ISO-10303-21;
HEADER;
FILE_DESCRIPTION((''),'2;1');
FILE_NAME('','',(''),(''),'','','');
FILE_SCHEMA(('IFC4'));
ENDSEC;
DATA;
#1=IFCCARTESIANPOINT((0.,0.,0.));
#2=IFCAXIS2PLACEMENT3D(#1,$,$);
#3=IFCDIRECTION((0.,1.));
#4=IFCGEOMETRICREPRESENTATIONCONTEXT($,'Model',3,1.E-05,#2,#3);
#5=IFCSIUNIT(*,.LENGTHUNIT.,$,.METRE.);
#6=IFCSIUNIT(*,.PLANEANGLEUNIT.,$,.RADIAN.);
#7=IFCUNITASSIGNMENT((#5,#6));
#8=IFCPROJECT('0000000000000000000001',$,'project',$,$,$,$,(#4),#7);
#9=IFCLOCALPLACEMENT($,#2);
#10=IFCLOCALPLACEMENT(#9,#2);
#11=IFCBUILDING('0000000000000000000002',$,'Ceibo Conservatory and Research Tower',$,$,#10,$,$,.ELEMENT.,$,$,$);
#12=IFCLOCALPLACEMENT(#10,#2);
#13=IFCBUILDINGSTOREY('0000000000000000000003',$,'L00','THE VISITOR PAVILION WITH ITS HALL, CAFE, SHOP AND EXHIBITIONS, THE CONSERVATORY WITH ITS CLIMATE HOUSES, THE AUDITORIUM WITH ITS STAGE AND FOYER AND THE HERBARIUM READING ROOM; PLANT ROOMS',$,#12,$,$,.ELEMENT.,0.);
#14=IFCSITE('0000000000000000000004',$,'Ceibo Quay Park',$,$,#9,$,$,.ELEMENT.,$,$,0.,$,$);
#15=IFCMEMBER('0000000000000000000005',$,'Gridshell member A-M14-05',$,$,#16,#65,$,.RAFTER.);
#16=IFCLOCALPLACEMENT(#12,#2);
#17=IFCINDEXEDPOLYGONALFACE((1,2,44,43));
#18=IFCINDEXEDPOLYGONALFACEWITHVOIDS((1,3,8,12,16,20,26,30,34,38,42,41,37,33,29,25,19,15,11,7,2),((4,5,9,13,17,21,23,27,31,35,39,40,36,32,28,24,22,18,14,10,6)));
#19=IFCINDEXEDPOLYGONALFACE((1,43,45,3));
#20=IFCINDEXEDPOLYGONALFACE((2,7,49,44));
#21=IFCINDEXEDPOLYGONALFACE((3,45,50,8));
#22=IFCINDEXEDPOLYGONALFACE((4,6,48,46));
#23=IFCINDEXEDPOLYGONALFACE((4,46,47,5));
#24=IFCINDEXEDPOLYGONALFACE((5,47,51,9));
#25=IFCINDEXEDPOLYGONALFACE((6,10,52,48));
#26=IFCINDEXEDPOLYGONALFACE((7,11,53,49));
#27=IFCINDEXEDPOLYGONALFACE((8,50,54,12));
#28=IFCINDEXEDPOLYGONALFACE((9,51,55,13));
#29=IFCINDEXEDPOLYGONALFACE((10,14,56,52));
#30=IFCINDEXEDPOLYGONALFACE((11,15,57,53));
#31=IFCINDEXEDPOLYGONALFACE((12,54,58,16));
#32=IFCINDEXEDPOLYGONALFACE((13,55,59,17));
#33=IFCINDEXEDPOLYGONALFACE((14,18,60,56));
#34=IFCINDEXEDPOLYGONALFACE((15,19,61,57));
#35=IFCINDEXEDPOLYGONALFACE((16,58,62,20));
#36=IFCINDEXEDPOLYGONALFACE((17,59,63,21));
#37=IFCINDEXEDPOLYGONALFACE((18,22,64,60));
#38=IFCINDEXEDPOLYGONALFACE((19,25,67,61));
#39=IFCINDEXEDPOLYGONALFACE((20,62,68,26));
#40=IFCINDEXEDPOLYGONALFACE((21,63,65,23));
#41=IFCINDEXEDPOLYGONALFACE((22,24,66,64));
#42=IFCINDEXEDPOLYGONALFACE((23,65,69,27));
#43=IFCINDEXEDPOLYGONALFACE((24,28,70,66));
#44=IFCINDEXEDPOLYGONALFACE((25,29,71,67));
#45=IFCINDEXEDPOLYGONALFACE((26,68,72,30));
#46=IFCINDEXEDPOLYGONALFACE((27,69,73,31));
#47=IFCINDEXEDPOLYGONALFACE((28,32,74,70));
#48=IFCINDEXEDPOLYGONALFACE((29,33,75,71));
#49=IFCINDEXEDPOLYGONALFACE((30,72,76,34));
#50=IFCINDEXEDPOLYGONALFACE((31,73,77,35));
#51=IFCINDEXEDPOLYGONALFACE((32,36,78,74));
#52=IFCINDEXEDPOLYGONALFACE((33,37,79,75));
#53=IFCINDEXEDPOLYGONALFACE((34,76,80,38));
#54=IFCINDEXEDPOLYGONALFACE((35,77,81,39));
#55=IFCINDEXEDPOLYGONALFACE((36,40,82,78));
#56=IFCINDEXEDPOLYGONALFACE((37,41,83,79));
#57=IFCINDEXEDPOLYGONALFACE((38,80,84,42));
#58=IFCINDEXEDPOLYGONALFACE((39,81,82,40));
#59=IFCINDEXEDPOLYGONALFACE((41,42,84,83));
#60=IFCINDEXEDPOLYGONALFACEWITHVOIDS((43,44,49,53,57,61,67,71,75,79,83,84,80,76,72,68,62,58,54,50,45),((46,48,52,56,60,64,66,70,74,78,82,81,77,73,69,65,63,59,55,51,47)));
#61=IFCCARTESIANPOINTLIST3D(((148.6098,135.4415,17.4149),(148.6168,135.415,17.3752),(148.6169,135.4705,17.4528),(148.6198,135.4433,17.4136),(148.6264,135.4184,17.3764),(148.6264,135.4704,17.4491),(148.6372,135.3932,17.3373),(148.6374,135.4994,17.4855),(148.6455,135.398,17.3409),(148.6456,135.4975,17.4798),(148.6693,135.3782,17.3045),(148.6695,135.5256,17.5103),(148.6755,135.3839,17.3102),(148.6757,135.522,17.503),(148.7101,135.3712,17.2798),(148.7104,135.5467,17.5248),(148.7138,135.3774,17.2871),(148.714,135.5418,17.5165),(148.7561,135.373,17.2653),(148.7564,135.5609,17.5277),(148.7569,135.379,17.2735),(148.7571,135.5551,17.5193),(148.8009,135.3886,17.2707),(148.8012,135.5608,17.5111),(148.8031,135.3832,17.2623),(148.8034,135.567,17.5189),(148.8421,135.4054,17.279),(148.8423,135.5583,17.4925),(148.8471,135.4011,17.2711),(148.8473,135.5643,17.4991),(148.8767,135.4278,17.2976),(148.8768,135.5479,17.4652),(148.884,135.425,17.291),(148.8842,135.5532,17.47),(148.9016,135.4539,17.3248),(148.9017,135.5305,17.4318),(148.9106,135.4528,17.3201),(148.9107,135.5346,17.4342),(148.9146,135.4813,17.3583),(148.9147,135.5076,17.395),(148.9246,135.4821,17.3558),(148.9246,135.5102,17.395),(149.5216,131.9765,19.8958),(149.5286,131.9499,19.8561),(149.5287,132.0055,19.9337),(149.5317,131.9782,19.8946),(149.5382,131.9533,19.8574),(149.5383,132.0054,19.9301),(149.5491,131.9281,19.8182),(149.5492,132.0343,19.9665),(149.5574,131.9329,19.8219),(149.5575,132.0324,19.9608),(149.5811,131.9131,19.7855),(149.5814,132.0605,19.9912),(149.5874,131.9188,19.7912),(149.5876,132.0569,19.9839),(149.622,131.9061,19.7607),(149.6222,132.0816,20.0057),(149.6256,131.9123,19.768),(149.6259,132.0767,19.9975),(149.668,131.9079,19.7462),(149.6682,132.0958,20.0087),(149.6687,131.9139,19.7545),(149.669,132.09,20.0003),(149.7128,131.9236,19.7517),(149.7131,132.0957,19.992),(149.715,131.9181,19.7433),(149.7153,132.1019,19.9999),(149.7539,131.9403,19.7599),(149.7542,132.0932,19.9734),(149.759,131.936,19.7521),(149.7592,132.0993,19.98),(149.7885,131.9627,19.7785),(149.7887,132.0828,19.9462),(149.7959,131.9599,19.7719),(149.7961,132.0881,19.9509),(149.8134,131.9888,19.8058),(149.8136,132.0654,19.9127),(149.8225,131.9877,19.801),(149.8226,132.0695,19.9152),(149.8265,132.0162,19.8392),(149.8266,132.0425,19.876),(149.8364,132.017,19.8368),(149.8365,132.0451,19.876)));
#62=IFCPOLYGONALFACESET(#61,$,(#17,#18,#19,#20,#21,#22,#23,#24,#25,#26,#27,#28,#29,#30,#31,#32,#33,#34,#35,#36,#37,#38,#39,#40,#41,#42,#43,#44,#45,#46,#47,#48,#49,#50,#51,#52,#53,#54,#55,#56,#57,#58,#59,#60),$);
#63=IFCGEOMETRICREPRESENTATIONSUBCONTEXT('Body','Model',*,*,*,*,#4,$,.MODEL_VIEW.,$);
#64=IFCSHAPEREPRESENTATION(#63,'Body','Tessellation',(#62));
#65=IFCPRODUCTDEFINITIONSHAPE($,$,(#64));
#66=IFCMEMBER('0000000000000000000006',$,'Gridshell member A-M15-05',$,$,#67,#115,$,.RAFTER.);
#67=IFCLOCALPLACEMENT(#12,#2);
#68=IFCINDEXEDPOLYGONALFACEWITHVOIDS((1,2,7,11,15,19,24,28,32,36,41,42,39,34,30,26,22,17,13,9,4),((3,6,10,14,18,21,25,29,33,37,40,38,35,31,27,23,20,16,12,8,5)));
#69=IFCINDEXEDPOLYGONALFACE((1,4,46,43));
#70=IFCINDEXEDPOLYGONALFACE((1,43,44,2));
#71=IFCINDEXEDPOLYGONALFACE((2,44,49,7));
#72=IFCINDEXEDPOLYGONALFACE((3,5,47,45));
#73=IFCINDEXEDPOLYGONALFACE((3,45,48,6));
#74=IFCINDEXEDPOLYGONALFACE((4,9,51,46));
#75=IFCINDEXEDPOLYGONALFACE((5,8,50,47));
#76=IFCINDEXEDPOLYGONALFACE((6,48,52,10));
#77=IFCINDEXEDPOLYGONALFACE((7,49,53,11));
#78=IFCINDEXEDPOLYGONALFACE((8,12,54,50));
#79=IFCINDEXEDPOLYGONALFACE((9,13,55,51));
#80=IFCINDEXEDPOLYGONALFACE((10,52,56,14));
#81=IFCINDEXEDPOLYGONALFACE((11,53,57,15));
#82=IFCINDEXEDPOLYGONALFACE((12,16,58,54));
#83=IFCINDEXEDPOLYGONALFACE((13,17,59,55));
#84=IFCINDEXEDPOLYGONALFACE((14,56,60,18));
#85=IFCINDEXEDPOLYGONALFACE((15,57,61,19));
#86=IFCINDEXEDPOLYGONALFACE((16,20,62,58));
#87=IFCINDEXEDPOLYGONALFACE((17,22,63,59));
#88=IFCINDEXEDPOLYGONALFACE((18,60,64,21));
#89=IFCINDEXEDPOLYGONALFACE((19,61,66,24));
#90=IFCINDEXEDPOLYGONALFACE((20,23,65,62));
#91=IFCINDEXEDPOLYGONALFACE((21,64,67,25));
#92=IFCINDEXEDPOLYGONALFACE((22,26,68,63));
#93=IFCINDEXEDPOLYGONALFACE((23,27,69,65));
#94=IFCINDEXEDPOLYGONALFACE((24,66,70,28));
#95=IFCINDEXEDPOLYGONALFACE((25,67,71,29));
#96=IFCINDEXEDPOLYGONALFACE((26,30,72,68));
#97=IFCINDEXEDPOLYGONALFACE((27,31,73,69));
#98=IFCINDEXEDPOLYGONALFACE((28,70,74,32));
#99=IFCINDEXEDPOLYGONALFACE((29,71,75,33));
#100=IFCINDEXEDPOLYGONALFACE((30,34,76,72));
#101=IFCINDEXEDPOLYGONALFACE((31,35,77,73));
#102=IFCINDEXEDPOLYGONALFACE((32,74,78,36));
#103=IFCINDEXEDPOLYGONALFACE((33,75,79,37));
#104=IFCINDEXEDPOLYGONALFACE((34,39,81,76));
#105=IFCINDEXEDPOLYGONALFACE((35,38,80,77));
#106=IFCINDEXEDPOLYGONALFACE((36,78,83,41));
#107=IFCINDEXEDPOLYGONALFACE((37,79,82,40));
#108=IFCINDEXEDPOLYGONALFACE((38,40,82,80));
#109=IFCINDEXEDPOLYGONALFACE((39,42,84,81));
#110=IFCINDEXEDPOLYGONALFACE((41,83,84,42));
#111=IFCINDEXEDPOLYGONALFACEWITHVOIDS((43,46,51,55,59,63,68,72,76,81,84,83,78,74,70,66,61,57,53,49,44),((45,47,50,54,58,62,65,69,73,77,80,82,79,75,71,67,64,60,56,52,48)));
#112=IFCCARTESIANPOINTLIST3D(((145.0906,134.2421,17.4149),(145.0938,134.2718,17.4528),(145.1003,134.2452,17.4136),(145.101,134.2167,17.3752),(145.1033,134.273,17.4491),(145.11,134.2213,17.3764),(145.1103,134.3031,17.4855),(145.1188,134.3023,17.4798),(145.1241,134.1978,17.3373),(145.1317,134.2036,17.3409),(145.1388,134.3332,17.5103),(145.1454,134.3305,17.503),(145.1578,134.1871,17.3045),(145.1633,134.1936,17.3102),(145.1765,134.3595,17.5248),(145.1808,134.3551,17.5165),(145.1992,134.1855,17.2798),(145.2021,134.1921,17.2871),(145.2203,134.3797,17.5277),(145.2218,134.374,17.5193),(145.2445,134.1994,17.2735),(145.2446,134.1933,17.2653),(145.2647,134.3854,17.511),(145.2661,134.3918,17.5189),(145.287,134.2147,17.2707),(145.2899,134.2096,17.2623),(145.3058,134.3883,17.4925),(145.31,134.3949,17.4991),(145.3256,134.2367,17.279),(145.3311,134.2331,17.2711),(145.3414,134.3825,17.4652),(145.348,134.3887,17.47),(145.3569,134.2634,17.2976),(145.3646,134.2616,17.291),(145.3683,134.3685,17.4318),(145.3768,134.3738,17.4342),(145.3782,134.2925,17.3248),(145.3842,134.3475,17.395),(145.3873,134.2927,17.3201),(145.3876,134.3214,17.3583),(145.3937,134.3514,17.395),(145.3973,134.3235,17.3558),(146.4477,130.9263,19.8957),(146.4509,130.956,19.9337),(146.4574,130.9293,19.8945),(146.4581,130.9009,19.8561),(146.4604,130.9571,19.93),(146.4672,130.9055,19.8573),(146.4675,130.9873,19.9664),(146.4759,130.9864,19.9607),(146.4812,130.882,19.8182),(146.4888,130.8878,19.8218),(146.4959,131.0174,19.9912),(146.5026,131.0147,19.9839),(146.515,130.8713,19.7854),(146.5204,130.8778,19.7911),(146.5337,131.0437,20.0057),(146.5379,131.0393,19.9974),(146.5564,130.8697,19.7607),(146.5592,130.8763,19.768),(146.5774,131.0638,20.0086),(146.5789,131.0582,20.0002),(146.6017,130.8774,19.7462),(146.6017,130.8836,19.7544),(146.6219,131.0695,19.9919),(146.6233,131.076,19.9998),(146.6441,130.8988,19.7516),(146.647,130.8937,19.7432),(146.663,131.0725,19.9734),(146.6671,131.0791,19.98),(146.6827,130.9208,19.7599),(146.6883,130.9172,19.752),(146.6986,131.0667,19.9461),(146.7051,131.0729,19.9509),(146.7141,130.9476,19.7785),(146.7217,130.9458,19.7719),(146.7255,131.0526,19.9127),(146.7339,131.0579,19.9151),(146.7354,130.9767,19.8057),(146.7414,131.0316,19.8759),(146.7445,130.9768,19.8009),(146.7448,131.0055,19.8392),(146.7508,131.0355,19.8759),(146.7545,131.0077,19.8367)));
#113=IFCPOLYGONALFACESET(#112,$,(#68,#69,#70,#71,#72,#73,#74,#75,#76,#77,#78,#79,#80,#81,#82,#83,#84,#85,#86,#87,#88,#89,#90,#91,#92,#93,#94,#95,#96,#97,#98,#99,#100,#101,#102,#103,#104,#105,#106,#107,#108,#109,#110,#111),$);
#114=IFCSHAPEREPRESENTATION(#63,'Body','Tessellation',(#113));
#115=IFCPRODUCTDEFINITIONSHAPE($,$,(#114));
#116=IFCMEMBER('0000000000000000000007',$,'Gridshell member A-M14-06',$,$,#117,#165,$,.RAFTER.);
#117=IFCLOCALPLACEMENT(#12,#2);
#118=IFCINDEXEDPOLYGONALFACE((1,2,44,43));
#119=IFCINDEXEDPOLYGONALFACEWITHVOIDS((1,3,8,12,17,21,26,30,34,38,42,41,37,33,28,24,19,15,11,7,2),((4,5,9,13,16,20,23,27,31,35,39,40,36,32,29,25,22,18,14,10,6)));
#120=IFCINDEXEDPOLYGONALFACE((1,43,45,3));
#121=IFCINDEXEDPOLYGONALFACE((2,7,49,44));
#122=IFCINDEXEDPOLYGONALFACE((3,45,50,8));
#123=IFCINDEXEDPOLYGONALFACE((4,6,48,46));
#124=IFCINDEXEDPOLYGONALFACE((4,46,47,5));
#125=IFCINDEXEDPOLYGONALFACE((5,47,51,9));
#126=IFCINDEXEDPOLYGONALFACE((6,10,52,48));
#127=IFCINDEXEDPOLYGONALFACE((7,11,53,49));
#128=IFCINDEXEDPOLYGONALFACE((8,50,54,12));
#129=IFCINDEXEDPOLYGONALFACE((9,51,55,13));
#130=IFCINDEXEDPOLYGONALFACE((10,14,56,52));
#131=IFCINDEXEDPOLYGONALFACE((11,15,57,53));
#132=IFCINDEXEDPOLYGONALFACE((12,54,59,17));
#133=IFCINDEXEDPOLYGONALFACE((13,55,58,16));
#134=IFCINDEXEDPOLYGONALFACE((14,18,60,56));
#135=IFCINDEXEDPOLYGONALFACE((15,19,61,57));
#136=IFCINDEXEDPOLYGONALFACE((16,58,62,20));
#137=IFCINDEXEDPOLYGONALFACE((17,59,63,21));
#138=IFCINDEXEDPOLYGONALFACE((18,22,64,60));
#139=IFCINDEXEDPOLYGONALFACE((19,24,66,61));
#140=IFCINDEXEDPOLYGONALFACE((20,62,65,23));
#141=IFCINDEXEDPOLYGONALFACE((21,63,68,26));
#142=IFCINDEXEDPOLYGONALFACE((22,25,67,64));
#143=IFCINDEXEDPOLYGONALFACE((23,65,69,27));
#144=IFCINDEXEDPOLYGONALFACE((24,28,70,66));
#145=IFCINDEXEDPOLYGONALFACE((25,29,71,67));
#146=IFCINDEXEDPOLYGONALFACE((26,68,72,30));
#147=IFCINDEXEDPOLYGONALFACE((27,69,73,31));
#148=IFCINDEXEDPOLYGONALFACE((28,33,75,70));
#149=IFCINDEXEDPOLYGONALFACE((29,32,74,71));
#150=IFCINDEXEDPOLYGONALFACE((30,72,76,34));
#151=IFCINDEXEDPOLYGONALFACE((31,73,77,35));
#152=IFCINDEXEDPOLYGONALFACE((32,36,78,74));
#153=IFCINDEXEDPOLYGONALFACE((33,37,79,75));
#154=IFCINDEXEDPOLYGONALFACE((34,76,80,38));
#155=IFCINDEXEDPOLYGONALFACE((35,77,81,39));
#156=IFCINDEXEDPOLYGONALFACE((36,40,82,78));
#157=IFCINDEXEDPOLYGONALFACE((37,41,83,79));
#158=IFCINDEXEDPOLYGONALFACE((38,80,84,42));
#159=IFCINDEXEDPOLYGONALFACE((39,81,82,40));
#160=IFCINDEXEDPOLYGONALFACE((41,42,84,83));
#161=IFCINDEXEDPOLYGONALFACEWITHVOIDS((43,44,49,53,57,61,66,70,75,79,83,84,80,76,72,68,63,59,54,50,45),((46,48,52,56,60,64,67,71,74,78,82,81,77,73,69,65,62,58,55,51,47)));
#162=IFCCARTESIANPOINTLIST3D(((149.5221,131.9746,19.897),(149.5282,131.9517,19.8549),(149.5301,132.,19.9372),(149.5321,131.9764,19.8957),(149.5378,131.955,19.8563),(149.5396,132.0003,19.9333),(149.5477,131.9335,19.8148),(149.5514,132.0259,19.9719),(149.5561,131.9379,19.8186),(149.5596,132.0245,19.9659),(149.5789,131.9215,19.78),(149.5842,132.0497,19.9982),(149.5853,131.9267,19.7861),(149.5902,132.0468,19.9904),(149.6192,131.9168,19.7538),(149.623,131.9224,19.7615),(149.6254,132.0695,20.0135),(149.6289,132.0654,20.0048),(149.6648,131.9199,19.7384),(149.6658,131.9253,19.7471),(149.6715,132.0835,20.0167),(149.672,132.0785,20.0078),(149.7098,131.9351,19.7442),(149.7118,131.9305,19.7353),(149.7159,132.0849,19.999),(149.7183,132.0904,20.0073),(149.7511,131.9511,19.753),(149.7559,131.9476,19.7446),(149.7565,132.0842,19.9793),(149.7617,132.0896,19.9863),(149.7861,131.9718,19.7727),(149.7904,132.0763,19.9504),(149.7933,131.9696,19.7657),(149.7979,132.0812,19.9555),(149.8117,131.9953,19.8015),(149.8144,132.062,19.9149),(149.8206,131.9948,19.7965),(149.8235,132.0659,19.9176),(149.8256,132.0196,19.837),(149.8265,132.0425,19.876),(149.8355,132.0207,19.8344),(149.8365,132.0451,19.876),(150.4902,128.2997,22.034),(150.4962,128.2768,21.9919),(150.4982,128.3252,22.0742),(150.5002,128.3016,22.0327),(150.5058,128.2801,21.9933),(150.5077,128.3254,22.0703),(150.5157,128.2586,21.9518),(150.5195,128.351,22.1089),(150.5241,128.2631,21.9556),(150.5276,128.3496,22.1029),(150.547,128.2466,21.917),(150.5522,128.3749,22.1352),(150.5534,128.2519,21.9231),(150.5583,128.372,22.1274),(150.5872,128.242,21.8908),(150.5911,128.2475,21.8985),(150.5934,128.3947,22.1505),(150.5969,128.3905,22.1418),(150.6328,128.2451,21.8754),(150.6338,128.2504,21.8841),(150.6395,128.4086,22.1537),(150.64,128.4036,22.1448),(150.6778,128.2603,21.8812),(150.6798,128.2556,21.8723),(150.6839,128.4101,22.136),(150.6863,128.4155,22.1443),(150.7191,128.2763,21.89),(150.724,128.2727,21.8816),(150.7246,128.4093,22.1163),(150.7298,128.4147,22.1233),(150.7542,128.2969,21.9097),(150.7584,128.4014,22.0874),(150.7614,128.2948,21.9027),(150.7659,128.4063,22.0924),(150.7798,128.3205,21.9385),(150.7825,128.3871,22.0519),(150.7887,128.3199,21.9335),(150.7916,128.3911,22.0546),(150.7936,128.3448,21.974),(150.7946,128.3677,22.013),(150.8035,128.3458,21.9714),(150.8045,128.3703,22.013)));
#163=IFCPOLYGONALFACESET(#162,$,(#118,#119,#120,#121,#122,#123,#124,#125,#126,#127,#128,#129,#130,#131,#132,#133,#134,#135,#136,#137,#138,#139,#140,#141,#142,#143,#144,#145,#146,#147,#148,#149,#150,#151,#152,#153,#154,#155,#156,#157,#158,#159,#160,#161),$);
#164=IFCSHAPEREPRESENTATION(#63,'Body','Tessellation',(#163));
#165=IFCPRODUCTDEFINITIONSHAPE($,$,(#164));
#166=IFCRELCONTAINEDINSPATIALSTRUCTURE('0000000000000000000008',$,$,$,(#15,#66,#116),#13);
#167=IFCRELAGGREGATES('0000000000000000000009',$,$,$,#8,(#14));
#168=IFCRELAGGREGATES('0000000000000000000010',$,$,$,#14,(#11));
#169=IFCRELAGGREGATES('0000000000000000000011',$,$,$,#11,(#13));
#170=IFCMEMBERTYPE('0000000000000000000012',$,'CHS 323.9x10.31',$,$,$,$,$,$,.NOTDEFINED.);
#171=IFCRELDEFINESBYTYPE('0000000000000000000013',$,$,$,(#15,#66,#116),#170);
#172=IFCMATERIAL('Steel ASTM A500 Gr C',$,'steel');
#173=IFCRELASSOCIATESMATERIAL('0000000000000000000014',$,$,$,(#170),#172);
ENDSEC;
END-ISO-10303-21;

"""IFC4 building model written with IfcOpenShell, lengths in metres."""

from ifc_helpers import new_model, si_unit, direction, frame, origin, origin_2d, place, context, subcontext, project, spatial, hollow_circle, extrude, material, material_profile, profile_set, type_object, element, save


model = new_model("IFC4")

# Units and contexts
model_context = context("Model", 3, precision=1e-05, world=origin(), true_north=direction((0.0, 1.0)))
body_context = subcontext(model_context, "Body", "Model", "MODEL_VIEW")
ifc_project = project(units=[si_unit("LENGTHUNIT", "METRE"), si_unit("PLANEANGLEUNIT", "RADIAN")], contexts=[model_context])

# Site, building, storey
site_placement = place(None, origin())
site = spatial("IfcSite", under=ifc_project, at=site_placement, Name="Ceibo Quay Park", CompositionType="ELEMENT", RefElevation=0.0)
building_placement = place(site_placement, origin())
building = spatial("IfcBuilding", under=site, at=building_placement, Name="Ceibo Conservatory and Research Tower", CompositionType="ELEMENT")
storey_placement = place(building_placement, origin())
storey = spatial("IfcBuildingStorey", under=building, at=storey_placement, Name="L00", Description="THE VISITOR PAVILION WITH ITS HALL, CAFE, SHOP AND EXHIBITIONS, THE CONSERVATORY WITH ITS CLIMATE HOUSES, THE AUDITORIUM WITH ITS STAGE AND FOYER AND THE HERBARIUM READING ROOM; PLANT ROOMS", CompositionType="ELEMENT", Elevation=0.0)

# Members
ifc_material_1 = material(Name="Steel ASTM A500 Gr C", Category="steel")
ifc_material_profile_1 = material_profile(ifc_material_1, hollow_circle(Radius=0.1619, WallThickness=0.0103, at=origin_2d()), Name="CHS 323.9x10.31")
ifc_profile_set_1 = profile_set([ifc_material_profile_1], Name="Steel ASTM A500 Gr C")
member_type_1 = type_object("IfcMemberType", Name="CHS 323.9x10.31", PredefinedType="NOTDEFINED", material=ifc_profile_set_1)
member_1_placement = place(storey_placement, frame((148.7681, 135.469, 17.395), z_axis=(0.209232, -0.795082, 0.569268), x_axis=(0.967075, 0.254493, 0.0)))
element("IfcMember", 1, at=member_1_placement, inside=storey, type_object=member_type_1, Name="Gridshell member A-M14-05", PredefinedType="RAFTER", context=body_context, shape_type="SweptSolid", body=[
    extrude(hollow_circle(Radius=0.1619, WallThickness=0.0103, at=origin_2d()), origin(), (0.0, 0.0, 1.0), 4.3582),
])
member_2_placement = place(storey_placement, frame((145.2439, 134.29, 17.395), z_axis=(0.31142, -0.760876, 0.569285), x_axis=(0.925482, 0.378792, 0.0)))
element("IfcMember", 2, at=member_2_placement, inside=storey, type_object=member_type_1, Name="Gridshell member A-M15-05", PredefinedType="RAFTER", context=body_context, shape_type="SweptSolid", body=[
    extrude(hollow_circle(Radius=0.1619, WallThickness=0.0103, at=origin_2d()), origin(), (0.0, 0.0, 1.0), 4.3579),
])
member_3_placement = place(storey_placement, frame((149.6799, 132.0039, 19.876), z_axis=(0.222033, -0.842884, 0.490152), x_axis=(0.967012, 0.25473, 0.0)))
element("IfcMember", 3, at=member_3_placement, inside=storey, type_object=member_type_1, Name="Gridshell member A-M14-06", PredefinedType="RAFTER", context=body_context, shape_type="SweptSolid", body=[
    extrude(hollow_circle(Radius=0.1619, WallThickness=0.0103, at=origin_2d()), origin(), (0.0, 0.0, 1.0), 4.3599),
])

save(model, "model.ifc")
